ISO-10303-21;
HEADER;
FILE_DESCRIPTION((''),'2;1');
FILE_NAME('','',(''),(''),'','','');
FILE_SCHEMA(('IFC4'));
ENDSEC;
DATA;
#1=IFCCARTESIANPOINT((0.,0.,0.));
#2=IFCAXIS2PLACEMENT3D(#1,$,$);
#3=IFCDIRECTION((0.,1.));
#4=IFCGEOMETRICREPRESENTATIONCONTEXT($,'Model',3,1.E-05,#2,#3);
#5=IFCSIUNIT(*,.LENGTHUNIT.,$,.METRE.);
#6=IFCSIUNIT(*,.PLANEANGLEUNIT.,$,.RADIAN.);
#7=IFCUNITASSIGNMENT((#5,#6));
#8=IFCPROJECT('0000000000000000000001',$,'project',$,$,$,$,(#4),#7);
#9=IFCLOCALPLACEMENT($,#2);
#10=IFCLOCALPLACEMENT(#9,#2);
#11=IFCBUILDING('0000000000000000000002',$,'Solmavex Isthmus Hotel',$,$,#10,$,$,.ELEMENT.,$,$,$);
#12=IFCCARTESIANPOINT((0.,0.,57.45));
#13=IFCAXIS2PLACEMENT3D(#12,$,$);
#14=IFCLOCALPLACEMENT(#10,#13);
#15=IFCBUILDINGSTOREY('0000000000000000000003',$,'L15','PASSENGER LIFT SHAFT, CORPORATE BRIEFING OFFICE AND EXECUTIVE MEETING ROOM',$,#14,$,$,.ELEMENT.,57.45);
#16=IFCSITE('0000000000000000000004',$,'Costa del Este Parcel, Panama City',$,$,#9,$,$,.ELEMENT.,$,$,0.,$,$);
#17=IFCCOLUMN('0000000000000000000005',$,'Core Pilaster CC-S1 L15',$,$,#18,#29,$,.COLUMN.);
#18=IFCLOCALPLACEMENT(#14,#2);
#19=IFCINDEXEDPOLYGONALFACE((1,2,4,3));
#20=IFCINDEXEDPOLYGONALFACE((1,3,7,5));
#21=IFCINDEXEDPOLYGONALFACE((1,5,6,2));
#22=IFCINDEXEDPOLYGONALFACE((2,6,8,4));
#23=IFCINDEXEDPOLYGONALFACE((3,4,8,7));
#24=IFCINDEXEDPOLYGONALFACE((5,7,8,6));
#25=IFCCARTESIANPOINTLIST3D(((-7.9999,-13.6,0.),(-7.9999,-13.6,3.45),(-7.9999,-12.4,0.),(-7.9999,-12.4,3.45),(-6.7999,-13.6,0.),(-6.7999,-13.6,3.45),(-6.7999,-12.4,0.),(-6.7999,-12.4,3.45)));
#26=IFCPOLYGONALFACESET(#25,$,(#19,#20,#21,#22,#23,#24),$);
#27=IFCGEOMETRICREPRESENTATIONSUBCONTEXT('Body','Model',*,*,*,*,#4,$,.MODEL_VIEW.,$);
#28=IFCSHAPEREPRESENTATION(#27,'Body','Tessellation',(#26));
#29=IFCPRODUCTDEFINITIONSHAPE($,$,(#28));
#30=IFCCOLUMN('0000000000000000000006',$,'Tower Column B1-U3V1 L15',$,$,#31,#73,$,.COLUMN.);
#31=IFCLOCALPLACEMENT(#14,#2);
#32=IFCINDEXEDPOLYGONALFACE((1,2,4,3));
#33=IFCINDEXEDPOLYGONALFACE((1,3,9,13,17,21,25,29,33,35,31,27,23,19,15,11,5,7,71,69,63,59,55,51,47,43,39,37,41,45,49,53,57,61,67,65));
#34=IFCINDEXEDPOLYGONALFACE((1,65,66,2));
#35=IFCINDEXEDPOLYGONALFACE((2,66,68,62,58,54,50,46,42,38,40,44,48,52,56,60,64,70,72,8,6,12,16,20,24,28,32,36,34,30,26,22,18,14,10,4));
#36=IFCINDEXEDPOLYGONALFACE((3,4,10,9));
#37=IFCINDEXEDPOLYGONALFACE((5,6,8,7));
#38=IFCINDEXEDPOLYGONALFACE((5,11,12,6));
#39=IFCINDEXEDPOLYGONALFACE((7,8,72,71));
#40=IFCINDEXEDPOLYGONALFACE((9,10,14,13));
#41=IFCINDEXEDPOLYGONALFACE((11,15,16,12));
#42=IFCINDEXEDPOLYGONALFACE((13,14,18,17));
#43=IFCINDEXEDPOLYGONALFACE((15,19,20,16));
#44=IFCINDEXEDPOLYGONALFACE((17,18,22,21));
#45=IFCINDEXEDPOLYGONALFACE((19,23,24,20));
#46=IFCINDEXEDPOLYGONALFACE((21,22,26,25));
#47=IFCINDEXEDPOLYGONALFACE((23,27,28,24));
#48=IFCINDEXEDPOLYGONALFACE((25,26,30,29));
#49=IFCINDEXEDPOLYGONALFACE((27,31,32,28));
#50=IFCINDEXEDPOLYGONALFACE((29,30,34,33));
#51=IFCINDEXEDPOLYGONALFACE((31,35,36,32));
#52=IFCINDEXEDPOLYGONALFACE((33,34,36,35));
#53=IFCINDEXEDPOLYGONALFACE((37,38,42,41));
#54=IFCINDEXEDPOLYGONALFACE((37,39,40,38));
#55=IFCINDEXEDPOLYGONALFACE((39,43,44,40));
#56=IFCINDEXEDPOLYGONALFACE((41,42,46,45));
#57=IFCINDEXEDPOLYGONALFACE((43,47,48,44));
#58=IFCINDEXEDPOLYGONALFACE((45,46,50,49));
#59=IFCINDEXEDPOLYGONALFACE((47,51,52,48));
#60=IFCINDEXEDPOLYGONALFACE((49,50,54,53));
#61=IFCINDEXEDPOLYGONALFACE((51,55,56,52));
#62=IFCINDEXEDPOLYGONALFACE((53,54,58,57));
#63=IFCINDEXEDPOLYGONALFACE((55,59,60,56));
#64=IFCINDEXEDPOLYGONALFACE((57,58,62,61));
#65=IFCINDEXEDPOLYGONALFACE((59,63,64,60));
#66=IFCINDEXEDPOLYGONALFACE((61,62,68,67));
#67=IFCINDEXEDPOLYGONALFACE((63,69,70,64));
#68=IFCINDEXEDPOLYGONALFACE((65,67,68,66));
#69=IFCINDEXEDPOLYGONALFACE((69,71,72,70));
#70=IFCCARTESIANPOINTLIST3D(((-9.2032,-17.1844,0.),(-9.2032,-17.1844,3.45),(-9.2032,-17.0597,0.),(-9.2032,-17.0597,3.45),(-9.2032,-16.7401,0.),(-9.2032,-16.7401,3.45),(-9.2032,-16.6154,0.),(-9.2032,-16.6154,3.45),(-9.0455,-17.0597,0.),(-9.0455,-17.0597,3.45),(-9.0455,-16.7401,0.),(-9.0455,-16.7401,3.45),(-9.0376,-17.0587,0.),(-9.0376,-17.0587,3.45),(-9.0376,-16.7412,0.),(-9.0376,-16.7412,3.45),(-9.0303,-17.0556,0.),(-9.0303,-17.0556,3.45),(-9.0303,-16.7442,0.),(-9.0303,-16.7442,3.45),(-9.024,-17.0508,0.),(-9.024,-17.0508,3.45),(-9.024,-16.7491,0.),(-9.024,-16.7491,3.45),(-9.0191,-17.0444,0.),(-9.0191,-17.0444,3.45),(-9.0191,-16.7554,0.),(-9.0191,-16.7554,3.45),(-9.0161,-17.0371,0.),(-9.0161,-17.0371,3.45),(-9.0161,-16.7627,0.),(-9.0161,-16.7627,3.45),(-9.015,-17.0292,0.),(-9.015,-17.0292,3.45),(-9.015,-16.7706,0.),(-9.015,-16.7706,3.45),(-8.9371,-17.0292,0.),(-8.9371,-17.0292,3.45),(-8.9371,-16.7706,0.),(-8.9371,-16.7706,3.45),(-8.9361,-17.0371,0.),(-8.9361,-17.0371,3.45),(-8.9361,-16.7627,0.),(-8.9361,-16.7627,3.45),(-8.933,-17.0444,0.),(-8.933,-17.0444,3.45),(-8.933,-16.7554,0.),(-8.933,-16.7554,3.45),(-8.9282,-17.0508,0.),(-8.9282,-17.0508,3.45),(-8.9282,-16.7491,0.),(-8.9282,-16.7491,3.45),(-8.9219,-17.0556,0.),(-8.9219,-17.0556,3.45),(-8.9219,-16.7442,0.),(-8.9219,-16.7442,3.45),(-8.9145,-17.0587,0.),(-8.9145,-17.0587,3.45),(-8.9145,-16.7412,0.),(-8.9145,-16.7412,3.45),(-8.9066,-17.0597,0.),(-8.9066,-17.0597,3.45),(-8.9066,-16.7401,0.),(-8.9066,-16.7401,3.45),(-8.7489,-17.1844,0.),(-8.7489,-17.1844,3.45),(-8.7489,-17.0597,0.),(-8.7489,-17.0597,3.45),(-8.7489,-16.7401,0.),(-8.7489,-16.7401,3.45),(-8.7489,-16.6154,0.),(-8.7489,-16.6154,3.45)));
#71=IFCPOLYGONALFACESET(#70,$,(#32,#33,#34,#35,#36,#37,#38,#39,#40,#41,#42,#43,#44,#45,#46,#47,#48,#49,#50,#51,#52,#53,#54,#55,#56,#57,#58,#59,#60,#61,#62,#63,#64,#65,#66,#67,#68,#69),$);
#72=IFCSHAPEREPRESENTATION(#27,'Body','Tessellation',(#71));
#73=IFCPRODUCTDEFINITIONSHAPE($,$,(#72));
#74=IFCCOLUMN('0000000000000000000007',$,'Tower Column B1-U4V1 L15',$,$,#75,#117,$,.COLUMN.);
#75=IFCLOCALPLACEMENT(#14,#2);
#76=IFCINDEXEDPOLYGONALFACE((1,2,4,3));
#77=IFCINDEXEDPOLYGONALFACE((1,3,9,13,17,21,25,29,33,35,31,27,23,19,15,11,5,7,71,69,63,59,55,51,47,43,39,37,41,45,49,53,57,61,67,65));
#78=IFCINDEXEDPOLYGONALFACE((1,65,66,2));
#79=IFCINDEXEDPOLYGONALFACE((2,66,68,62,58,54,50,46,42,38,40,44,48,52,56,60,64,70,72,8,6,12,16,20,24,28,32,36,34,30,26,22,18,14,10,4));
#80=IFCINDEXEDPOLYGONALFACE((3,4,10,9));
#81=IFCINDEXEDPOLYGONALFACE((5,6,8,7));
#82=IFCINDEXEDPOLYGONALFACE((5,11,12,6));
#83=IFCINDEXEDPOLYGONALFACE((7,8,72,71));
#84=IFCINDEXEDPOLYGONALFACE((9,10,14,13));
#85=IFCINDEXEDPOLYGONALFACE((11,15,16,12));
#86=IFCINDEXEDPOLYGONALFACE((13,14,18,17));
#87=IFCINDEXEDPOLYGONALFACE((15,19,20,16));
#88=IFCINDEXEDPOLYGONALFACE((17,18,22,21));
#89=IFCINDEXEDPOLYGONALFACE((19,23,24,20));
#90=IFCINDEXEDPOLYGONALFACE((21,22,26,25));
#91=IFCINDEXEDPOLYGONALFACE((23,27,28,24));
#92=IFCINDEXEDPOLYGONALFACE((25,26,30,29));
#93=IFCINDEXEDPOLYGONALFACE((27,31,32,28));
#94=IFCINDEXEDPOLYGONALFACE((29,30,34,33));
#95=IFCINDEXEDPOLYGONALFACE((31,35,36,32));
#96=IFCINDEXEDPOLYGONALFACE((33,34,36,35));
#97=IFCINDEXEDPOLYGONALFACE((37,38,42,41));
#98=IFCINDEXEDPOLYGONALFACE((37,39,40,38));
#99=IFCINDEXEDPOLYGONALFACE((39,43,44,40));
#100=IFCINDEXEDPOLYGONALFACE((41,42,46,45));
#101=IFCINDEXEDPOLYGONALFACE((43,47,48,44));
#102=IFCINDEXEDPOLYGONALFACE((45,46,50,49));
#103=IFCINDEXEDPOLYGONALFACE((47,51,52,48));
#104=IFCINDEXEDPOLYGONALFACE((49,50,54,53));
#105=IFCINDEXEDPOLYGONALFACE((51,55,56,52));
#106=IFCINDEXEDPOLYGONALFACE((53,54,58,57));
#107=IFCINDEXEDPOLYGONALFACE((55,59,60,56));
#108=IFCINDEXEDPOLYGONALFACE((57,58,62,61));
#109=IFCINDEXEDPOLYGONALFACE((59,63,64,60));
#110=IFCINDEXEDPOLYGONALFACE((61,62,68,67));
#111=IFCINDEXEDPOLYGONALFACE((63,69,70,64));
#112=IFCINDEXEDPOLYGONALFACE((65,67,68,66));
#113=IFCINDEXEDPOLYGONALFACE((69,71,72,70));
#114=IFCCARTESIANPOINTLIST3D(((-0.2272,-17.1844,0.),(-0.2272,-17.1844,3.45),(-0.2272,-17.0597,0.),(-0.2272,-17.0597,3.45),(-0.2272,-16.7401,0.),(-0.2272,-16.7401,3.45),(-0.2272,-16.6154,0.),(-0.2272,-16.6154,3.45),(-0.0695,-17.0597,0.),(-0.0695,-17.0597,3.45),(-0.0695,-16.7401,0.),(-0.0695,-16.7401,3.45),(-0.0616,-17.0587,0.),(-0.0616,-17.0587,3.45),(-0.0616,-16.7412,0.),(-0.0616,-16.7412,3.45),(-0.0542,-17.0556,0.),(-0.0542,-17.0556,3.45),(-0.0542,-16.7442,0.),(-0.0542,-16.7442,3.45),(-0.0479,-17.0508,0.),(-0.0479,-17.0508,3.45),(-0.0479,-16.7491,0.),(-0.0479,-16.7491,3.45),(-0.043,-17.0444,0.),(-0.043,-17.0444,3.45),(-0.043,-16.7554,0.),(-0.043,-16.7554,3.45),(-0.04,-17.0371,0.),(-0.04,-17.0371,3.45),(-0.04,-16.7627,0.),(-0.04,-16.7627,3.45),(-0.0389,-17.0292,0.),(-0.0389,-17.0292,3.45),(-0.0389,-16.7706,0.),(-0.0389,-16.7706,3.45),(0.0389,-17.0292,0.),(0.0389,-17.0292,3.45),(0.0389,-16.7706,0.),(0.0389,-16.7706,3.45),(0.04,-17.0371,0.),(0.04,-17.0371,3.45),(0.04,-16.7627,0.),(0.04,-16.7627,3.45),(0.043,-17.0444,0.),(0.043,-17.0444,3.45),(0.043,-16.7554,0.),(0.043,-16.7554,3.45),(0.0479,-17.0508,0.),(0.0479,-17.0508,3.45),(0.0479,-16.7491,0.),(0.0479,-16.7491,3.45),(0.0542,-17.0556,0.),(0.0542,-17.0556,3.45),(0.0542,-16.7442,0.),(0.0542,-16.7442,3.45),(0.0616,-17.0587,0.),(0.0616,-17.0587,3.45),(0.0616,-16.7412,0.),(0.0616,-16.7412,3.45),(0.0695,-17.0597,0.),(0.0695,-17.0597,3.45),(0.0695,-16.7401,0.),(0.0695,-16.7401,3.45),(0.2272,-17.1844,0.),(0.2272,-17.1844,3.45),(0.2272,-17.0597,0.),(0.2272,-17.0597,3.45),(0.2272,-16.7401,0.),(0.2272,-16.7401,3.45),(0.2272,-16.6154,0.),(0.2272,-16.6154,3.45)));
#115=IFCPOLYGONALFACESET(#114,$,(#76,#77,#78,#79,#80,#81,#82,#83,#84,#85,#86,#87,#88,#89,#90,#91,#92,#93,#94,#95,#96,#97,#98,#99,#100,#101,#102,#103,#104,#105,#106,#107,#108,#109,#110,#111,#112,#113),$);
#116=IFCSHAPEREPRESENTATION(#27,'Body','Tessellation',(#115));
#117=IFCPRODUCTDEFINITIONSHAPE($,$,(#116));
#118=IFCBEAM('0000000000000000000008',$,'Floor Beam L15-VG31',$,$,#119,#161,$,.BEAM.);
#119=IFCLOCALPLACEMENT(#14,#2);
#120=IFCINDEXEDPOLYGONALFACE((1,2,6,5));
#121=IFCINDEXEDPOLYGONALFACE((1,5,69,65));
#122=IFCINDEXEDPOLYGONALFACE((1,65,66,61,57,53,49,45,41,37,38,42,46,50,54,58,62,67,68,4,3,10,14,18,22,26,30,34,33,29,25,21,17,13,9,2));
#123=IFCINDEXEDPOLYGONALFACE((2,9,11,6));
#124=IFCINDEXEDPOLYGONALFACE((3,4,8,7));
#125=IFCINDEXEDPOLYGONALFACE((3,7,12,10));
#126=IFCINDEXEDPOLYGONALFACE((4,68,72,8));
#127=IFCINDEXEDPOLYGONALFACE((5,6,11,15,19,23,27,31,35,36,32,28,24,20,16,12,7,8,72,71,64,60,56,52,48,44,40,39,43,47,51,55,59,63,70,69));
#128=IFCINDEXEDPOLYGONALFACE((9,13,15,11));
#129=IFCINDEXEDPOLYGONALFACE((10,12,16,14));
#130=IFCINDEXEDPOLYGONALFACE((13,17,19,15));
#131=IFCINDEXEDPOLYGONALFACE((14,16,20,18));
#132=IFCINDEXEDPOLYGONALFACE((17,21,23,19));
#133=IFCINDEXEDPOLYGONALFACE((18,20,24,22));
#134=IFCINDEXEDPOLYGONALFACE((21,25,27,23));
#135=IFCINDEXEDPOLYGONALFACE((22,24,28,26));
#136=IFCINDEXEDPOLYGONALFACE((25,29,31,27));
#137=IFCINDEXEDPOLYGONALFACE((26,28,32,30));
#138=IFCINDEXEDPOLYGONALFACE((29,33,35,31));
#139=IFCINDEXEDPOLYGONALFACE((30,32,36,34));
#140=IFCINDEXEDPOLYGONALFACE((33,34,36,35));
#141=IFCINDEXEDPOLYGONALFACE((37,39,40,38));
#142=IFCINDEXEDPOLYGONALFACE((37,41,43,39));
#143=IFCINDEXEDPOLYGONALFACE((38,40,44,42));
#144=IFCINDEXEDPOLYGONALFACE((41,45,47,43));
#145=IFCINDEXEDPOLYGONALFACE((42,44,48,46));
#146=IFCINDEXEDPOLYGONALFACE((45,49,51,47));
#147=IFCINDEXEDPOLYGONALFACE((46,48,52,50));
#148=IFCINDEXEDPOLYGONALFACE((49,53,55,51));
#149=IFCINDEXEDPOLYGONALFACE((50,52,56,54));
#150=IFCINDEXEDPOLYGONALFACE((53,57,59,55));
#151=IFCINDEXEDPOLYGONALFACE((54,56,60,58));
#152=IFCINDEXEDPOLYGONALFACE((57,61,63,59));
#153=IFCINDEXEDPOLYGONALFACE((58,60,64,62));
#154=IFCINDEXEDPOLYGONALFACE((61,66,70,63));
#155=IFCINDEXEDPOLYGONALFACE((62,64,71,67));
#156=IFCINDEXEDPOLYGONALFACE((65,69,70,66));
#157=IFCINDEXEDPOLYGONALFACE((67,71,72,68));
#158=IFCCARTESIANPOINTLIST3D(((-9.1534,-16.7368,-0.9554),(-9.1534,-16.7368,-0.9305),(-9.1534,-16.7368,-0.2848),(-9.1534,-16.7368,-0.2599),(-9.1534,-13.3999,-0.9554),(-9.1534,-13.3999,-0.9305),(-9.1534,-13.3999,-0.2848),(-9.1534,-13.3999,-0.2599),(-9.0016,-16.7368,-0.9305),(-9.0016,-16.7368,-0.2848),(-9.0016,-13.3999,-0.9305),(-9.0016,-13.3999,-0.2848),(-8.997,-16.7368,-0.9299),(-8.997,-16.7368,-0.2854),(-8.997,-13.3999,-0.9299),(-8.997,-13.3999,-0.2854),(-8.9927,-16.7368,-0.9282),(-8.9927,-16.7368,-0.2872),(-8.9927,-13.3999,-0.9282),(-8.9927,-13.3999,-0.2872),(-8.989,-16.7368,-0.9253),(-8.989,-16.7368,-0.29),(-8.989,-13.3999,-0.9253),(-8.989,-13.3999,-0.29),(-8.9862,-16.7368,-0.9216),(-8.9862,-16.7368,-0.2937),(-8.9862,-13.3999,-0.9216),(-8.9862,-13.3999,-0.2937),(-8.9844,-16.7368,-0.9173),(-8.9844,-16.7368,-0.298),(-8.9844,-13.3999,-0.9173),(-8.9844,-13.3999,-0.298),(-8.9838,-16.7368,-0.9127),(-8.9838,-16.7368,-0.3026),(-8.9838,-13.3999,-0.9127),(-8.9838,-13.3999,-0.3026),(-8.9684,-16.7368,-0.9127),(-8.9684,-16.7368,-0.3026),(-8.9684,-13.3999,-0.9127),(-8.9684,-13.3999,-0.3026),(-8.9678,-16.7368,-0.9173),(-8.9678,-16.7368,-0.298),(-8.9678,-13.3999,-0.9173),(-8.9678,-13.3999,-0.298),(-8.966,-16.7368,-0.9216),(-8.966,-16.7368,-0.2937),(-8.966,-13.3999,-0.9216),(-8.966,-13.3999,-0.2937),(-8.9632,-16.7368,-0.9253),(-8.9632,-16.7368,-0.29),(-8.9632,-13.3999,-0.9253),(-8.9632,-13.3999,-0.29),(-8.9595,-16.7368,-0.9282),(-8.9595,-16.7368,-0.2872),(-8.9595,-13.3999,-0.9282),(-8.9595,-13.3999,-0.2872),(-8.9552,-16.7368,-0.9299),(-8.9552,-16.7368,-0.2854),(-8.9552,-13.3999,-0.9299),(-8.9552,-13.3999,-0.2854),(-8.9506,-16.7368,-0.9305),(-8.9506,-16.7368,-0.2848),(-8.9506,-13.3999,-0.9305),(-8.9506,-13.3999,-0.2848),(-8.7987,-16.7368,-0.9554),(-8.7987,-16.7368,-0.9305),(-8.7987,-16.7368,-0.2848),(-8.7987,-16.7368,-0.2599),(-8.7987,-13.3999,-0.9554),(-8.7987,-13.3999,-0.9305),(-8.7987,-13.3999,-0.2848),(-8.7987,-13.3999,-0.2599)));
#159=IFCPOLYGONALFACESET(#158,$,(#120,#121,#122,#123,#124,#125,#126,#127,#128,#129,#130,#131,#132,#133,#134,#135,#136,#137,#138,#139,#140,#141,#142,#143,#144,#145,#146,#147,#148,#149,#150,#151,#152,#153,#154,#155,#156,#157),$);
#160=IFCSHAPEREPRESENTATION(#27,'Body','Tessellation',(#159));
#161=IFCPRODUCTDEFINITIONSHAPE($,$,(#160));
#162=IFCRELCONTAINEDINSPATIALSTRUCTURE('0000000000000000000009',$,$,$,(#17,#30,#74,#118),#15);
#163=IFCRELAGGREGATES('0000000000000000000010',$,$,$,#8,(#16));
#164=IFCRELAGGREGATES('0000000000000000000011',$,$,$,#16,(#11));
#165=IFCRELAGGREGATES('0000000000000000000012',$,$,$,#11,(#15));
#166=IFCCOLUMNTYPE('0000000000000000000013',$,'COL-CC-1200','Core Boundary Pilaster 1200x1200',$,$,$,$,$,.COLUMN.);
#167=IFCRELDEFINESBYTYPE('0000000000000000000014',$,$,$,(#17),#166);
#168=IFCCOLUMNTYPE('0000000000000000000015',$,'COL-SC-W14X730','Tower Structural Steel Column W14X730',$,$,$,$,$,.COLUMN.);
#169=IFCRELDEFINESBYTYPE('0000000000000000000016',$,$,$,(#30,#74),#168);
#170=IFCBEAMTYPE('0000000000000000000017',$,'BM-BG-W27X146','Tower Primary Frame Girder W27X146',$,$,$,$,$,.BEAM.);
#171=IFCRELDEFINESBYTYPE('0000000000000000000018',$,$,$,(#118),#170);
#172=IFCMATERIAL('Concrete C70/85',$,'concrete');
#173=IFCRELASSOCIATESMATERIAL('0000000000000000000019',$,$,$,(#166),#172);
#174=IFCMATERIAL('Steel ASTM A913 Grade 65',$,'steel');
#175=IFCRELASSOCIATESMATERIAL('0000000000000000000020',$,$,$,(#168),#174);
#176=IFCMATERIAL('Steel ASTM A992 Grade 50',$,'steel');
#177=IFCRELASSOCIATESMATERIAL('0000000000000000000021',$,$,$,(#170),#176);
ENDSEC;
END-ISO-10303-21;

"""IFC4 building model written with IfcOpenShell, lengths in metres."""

from ifc_helpers import new_model, si_unit, direction, frame, origin, origin_2d, place, context, subcontext, project, spatial, rectangle, i_section, extrude, material, material_profile, profile_set, type_object, element, save


model = new_model("IFC4")

# Units and contexts
model_context = context("Model", 3, precision=1e-05, world=origin(), true_north=direction((0.0, 1.0)))
body_context = subcontext(model_context, "Body", "Model", "MODEL_VIEW")
ifc_project = project(units=[si_unit("LENGTHUNIT", "METRE"), si_unit("PLANEANGLEUNIT", "RADIAN")], contexts=[model_context])

# Site, building, storey
site_placement = place(None, origin())
site = spatial("IfcSite", under=ifc_project, at=site_placement, Name="Costa del Este Parcel, Panama City", CompositionType="ELEMENT", RefElevation=0.0)
building_placement = place(site_placement, origin())
building = spatial("IfcBuilding", under=site, at=building_placement, Name="Solmavex Isthmus Hotel", CompositionType="ELEMENT")
storey_placement = place(building_placement, frame((0.0, 0.0, 57.45)))
storey = spatial("IfcBuildingStorey", under=building, at=storey_placement, Name="L15", Description="PASSENGER LIFT SHAFT, CORPORATE BRIEFING OFFICE AND EXECUTIVE MEETING ROOM", CompositionType="ELEMENT", Elevation=57.45)

# Columns
ifc_material_1 = material(Name="Concrete C70/85", Category="concrete")
ifc_material_profile_1 = material_profile(ifc_material_1, rectangle(XDim=1.2, YDim=1.2, at=origin_2d()), Name="RC1200X1200")
ifc_profile_set_1 = profile_set([ifc_material_profile_1], Name="Concrete C70/85")
column_type_1 = type_object("IfcColumnType", Name="COL-CC-1200", Description="Core Boundary Pilaster 1200x1200", PredefinedType="COLUMN", material=ifc_profile_set_1)
column_placement = place(storey_placement, frame((-7.3999, -13.0, 0.0), z_axis=(0.0, 0.0, 1.0), x_axis=(1.0, 0.0, 0.0)))
element("IfcColumn", 1, at=column_placement, inside=storey, type_object=column_type_1, Name="Core Pilaster CC-S1 L15", PredefinedType="COLUMN", context=body_context, shape_type="SweptSolid", body=[
    extrude(rectangle(XDim=1.2, YDim=1.2, at=origin_2d()), origin(), (0.0, 0.0, 1.0), 3.45),
])
ifc_material_2 = material(Name="Steel ASTM A913 Grade 65", Category="steel")
ifc_material_profile_2 = material_profile(ifc_material_2, i_section(OverallWidth=0.4543, OverallDepth=0.5691, WebThickness=0.0779, FlangeThickness=0.1248, FilletRadius=0.0305, at=origin_2d()), Name="W14X730")
ifc_profile_set_2 = profile_set([ifc_material_profile_2], Name="Steel ASTM A913 Grade 65")
column_type_2 = type_object("IfcColumnType", Name="COL-SC-W14X730", Description="Tower Structural Steel Column W14X730", PredefinedType="COLUMN", material=ifc_profile_set_2)
for number, where, z_axis, x_axis, name in (
    (2, (-8.9761, -16.8999, 0.0), (0.0, 0.0, 1.0), (1.0, 0.0, 0.0), "Tower Column B1-U3V1 L15"),
    (3, (0.0, -16.8999, 0.0), (0.0, 0.0, 1.0), (1.0, 0.0, 0.0), "Tower Column B1-U4V1 L15"),
):
    element("IfcColumn", number, at=place(storey_placement, frame(where, z_axis=z_axis, x_axis=x_axis)), inside=storey, type_object=column_type_2, Name=name, PredefinedType="COLUMN", context=body_context, shape_type="SweptSolid", body=[
        extrude(i_section(OverallWidth=0.4543, OverallDepth=0.5691, WebThickness=0.0779, FlangeThickness=0.1248, FilletRadius=0.0305, at=origin_2d()), origin(), (0.0, 0.0, 1.0), 3.45),
    ])

# Beam
ifc_material_3 = material(Name="Steel ASTM A992 Grade 50", Category="steel")
ifc_material_profile_3 = material_profile(ifc_material_3, i_section(OverallWidth=0.3547, OverallDepth=0.6956, WebThickness=0.0154, FlangeThickness=0.0249, FilletRadius=0.0178, at=origin_2d()), Name="W27X146")
ifc_profile_set_3 = profile_set([ifc_material_profile_3], Name="Steel ASTM A992 Grade 50")
beam_type_1 = type_object("IfcBeamType", Name="BM-BG-W27X146", Description="Tower Primary Frame Girder W27X146", PredefinedType="BEAM", material=ifc_profile_set_3)
beam_1_placement = place(storey_placement, frame((-8.9761, -16.7368, -0.6077), z_axis=(0.0, 1.0, 0.0), x_axis=(-1.0, 0.0, 0.0)))
element("IfcBeam", 4, at=beam_1_placement, inside=storey, type_object=beam_type_1, Name="Floor Beam L15-VG31", PredefinedType="BEAM", context=body_context, shape_type="SweptSolid", body=[
    extrude(i_section(OverallWidth=0.3547, OverallDepth=0.6956, WebThickness=0.0154, FlangeThickness=0.0249, FilletRadius=0.0178, at=origin_2d()), origin(), (0.0, 0.0, 1.0), 3.3369),
])

save(model, "model.ifc")
